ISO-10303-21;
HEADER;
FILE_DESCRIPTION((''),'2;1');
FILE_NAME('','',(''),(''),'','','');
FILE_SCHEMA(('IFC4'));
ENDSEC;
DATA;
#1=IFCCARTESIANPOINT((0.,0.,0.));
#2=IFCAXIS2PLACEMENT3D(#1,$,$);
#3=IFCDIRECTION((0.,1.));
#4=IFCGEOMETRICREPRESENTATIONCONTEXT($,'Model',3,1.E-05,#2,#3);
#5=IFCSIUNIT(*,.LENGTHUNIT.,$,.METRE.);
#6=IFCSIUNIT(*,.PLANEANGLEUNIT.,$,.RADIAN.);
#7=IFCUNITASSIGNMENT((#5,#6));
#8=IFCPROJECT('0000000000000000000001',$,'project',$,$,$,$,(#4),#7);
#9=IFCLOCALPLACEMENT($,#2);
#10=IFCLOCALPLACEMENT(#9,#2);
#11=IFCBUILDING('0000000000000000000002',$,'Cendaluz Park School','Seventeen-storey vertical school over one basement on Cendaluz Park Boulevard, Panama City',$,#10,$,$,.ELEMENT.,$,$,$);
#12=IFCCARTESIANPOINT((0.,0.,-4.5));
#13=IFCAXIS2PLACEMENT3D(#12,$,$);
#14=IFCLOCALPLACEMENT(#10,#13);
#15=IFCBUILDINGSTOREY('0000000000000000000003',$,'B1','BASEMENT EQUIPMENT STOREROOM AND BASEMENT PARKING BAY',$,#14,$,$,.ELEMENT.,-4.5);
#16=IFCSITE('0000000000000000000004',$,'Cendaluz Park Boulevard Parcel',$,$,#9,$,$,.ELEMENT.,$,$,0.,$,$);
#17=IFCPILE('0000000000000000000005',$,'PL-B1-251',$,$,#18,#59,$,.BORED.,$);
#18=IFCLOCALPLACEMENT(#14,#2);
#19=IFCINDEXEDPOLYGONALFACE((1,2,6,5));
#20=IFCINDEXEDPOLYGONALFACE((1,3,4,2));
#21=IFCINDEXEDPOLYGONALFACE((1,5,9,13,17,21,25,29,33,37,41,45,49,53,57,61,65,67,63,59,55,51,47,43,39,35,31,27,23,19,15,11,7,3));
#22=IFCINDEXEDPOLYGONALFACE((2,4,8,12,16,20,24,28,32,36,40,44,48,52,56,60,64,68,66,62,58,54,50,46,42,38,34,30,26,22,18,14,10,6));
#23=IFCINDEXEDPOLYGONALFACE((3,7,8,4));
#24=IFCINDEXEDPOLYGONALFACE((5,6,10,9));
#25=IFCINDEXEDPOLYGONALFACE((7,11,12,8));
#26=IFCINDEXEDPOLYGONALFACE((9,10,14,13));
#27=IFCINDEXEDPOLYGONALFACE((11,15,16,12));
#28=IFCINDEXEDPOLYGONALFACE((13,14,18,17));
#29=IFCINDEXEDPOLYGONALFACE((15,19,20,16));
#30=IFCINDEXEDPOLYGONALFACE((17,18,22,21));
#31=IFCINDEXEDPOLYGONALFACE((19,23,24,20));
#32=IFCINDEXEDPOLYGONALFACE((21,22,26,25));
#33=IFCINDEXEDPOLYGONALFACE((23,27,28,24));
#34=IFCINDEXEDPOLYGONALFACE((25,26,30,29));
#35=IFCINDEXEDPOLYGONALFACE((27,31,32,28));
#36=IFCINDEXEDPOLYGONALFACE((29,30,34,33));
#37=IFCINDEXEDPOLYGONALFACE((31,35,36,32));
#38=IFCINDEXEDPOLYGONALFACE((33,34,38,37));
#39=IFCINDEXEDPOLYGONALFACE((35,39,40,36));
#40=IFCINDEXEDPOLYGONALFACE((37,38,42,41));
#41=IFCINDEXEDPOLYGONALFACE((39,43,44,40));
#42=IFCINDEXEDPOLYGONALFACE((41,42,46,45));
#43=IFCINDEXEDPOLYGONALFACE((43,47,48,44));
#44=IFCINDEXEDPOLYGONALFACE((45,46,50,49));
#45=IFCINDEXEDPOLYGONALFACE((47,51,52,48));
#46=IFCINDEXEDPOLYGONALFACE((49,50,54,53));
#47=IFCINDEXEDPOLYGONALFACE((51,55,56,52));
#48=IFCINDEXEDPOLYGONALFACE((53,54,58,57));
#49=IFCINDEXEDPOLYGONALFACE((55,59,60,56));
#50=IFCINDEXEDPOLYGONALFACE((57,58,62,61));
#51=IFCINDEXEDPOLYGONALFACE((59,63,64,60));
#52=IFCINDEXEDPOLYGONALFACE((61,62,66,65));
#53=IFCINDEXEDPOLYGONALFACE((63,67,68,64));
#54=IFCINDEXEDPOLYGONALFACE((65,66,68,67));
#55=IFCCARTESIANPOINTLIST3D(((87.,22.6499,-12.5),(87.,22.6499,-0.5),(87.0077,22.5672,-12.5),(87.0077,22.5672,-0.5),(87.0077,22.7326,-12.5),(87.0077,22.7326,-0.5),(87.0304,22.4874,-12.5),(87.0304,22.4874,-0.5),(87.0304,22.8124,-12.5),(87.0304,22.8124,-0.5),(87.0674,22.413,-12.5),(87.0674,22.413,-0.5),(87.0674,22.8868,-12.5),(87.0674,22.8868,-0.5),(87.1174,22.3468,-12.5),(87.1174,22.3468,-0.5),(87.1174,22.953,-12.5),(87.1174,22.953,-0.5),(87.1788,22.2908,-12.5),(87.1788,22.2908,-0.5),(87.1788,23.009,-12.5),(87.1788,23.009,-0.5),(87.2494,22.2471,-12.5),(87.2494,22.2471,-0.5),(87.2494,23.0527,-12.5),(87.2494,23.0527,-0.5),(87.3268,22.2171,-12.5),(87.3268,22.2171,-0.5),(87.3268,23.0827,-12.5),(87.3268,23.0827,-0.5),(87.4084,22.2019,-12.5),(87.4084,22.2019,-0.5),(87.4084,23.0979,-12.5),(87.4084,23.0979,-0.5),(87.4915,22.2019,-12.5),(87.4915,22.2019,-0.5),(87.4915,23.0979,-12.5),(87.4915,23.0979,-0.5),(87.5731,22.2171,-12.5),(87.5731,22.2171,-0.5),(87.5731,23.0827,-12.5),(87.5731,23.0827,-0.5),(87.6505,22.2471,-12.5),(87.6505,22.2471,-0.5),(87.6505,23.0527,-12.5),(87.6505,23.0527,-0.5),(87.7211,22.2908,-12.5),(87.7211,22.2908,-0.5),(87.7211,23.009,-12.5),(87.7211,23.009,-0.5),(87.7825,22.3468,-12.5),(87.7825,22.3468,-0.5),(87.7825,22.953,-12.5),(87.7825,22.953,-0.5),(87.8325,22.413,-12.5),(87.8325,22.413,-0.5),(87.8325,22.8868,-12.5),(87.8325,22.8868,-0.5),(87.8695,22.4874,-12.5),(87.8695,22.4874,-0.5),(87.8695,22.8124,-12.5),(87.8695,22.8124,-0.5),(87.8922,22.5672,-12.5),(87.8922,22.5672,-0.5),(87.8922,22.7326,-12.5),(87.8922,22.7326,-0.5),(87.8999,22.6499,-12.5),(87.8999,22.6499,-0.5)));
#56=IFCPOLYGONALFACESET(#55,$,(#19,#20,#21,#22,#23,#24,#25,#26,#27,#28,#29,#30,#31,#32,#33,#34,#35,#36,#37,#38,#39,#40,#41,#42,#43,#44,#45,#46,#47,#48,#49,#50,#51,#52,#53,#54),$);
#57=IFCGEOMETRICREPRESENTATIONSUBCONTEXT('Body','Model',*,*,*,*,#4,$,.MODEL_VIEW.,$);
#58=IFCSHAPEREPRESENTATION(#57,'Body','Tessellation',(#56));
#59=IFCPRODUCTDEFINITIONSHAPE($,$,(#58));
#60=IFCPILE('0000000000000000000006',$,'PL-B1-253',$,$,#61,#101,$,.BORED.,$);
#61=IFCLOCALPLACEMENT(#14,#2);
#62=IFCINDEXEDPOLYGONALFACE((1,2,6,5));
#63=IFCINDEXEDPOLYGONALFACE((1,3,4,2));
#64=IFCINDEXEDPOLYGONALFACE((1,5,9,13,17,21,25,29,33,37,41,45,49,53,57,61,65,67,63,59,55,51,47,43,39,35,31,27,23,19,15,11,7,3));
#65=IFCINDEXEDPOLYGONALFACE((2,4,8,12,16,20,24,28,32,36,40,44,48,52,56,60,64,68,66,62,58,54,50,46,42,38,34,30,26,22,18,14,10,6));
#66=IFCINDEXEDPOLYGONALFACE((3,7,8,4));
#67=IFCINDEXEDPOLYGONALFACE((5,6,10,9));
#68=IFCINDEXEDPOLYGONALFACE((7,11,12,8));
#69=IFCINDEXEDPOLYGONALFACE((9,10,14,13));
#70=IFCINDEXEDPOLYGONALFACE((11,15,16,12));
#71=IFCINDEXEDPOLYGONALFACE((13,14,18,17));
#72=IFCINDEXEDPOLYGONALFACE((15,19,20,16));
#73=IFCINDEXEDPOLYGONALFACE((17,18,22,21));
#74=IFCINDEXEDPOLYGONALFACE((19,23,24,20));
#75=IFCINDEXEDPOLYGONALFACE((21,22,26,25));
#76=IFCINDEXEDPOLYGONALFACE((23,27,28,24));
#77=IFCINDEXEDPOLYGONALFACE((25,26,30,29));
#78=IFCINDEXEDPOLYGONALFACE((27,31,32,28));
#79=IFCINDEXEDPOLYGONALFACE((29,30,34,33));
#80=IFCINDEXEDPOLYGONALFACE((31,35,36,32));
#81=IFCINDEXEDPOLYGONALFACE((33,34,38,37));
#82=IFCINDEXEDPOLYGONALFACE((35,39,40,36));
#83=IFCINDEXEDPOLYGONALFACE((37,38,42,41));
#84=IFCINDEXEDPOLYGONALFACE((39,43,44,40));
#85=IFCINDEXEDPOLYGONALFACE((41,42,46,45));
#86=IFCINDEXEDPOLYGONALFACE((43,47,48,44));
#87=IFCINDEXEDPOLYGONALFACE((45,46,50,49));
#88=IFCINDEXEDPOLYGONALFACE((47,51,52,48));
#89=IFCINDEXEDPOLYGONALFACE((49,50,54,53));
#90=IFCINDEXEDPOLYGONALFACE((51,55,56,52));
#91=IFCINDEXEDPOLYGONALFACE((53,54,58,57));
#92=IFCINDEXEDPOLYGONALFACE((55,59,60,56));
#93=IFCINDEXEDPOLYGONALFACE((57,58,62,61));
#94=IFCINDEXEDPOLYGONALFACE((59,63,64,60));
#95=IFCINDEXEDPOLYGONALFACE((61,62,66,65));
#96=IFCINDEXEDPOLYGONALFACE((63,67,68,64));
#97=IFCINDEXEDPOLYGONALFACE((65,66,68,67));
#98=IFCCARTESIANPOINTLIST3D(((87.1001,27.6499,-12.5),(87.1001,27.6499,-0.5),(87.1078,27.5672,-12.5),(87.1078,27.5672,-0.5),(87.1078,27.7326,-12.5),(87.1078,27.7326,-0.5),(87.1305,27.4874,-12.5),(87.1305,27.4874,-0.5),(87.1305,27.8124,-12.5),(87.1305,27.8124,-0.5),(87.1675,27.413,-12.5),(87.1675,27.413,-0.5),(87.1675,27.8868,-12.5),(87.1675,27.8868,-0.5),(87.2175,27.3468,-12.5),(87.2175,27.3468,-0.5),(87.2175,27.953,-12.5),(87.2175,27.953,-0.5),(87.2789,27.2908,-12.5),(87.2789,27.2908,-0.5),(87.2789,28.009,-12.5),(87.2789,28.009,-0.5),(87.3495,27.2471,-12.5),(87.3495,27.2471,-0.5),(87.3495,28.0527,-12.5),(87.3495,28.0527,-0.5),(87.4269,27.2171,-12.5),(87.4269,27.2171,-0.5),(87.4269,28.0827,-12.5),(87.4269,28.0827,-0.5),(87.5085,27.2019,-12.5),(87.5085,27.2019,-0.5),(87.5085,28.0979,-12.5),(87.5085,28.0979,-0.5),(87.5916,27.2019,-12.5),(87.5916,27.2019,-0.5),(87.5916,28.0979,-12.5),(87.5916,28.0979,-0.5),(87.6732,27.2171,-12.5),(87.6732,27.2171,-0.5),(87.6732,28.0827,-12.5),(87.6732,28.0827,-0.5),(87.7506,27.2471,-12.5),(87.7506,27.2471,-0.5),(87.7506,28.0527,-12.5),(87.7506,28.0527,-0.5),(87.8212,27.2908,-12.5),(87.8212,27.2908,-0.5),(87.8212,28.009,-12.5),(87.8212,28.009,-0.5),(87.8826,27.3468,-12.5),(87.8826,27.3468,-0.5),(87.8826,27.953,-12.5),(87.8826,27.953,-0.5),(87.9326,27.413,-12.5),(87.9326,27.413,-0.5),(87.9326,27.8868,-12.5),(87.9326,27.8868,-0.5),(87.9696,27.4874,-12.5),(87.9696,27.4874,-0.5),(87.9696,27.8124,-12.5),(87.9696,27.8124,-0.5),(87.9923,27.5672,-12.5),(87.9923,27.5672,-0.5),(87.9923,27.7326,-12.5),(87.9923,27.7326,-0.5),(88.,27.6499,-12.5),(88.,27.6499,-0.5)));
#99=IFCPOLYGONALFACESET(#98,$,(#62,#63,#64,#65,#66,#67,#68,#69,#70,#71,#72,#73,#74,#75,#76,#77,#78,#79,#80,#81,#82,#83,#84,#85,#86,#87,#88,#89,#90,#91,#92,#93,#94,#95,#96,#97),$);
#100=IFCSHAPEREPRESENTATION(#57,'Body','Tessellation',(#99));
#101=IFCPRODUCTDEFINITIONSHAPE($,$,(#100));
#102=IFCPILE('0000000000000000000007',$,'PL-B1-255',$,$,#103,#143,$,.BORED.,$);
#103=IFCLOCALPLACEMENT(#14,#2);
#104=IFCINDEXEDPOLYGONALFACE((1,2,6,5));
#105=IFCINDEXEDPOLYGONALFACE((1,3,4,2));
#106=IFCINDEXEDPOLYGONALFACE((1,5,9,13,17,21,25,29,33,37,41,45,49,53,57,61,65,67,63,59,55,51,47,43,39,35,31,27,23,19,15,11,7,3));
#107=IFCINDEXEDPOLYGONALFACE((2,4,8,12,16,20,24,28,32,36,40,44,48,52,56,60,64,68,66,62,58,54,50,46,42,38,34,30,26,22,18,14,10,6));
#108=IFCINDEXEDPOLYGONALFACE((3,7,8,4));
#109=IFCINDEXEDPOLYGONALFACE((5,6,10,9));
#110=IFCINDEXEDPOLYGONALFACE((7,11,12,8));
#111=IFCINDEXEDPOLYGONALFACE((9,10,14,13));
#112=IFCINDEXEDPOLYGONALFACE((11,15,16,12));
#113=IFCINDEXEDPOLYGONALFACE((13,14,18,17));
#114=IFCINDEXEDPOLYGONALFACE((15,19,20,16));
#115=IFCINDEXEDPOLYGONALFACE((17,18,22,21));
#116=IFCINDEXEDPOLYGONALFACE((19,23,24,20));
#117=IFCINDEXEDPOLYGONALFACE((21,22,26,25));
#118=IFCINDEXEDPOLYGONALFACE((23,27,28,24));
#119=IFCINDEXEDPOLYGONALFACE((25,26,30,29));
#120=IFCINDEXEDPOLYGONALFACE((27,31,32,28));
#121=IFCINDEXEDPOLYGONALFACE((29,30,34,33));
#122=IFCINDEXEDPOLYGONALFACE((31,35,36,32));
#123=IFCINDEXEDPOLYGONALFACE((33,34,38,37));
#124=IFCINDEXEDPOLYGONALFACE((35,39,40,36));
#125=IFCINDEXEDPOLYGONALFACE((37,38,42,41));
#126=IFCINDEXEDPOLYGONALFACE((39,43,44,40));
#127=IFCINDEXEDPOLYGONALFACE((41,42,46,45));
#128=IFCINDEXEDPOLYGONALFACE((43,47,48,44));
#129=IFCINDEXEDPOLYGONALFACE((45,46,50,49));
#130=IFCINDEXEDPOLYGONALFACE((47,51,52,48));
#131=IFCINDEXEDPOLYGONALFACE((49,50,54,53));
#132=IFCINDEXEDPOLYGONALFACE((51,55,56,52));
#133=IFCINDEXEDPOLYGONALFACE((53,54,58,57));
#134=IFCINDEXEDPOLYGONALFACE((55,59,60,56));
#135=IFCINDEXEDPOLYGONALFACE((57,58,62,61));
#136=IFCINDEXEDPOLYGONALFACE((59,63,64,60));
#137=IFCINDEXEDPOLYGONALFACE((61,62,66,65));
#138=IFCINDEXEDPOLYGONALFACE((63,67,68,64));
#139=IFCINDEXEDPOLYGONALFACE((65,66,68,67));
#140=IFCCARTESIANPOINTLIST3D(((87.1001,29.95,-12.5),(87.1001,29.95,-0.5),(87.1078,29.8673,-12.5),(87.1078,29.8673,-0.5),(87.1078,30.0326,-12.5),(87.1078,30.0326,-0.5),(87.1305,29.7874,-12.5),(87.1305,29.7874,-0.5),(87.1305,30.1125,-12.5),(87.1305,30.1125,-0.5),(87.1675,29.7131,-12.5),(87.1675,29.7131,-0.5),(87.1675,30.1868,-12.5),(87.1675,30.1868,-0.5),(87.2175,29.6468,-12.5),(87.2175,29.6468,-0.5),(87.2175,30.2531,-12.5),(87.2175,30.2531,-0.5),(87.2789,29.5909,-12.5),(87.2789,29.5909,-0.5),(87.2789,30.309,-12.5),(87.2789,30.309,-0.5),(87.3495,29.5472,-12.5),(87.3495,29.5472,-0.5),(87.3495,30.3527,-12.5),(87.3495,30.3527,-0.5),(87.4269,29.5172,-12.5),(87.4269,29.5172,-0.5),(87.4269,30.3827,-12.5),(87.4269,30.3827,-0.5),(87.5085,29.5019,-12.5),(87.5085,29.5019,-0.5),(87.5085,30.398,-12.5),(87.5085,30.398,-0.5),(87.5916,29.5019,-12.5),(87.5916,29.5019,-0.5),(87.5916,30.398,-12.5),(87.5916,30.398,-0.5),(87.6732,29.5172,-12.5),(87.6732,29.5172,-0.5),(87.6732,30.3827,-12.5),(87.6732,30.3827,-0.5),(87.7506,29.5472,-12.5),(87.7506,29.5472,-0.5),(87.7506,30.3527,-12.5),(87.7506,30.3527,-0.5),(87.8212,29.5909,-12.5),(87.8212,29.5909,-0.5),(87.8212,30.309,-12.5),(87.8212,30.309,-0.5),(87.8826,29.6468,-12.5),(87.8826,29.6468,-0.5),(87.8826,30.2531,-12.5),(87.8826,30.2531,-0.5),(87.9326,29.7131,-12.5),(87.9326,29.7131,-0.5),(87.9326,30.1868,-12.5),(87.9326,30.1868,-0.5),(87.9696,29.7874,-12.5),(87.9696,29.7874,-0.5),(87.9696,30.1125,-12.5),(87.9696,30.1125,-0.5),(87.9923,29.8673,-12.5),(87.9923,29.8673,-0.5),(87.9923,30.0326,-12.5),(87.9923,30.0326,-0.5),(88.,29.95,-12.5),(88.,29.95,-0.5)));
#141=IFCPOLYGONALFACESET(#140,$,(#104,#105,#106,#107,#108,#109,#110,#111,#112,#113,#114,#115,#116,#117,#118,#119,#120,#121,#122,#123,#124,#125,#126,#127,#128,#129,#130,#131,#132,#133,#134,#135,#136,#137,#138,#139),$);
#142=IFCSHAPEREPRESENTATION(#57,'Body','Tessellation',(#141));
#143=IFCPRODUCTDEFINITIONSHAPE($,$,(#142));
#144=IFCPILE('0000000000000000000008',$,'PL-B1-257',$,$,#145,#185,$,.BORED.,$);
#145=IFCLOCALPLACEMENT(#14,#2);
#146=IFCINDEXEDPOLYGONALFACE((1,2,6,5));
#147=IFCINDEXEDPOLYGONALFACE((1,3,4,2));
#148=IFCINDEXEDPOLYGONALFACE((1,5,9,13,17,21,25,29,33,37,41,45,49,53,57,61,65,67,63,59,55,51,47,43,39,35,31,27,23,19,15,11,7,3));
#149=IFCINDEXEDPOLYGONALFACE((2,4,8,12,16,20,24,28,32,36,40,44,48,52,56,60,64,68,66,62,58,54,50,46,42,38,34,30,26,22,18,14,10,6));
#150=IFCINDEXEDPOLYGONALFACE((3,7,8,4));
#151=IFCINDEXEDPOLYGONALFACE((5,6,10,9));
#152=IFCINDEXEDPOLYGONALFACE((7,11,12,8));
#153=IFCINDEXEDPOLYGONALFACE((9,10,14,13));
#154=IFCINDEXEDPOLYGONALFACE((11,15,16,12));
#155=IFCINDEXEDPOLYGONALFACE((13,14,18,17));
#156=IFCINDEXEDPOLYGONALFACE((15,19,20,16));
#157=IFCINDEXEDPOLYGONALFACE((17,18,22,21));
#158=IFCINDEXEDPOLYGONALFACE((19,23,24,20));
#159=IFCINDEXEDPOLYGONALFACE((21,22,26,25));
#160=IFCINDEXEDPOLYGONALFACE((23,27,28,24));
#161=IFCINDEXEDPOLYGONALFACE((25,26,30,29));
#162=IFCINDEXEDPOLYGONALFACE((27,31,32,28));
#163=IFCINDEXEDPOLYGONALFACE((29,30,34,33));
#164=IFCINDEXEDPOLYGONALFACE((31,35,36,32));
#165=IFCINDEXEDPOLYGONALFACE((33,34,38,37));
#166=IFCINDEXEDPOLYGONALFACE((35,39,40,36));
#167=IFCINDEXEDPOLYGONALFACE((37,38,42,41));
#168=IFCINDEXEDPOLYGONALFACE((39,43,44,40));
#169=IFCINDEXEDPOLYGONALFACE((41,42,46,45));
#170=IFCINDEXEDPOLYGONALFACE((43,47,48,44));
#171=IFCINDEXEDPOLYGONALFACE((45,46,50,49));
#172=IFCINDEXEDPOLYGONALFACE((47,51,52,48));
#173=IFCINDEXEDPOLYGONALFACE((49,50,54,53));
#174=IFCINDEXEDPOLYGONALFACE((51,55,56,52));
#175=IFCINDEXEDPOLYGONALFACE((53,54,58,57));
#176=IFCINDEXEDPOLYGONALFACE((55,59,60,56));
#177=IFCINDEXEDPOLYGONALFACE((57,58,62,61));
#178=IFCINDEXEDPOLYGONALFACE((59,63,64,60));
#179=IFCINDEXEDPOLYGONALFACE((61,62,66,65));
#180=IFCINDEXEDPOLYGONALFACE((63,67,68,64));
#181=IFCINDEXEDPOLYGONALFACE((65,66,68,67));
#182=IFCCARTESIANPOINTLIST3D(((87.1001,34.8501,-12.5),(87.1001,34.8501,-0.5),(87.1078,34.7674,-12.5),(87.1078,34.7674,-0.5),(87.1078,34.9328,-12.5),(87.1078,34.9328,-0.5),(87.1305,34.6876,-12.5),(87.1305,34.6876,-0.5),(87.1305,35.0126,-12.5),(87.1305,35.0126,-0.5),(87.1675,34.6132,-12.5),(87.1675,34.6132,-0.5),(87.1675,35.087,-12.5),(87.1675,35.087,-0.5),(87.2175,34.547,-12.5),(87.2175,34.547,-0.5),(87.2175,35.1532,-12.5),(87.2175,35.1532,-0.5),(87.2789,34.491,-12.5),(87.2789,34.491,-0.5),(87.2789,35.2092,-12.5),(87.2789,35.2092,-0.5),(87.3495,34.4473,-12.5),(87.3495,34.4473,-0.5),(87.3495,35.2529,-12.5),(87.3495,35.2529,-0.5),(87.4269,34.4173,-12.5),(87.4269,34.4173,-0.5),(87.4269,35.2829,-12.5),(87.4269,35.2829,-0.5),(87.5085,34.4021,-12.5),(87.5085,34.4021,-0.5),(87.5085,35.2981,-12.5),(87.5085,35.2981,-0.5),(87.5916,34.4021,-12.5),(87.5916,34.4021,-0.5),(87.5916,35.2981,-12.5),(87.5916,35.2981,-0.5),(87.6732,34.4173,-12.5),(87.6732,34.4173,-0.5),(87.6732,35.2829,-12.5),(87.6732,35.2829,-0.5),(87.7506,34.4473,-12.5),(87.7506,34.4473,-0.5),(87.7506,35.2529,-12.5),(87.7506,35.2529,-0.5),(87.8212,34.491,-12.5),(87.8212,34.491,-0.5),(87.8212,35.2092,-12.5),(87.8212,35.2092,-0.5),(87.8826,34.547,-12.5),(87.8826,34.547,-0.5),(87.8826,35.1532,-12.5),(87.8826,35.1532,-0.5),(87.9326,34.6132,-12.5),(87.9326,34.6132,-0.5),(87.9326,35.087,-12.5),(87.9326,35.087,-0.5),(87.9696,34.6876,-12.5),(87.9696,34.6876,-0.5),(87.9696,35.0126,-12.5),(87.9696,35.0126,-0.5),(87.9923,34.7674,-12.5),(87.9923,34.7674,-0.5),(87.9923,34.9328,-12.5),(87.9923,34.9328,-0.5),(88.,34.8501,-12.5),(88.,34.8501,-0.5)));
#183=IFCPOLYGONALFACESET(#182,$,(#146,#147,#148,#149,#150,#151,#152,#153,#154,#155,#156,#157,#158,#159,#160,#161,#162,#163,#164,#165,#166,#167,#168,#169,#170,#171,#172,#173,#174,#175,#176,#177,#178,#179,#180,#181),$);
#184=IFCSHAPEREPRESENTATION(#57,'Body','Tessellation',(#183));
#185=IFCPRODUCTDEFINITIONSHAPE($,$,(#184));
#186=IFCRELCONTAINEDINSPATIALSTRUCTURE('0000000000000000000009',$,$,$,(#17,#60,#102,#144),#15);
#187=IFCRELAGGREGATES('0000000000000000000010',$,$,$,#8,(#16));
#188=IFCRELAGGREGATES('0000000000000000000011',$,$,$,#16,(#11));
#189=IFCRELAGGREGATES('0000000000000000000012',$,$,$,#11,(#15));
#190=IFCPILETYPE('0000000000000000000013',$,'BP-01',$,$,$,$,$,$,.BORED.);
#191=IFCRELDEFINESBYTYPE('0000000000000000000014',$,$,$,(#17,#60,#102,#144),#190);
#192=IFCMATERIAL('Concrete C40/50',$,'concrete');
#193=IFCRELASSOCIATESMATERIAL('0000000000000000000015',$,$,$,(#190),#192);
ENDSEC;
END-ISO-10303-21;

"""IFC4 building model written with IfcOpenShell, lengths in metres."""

from ifc_helpers import new_model, si_unit, direction, frame, origin, origin_2d, place, context, subcontext, project, spatial, circle, extrude, material, material_profile, profile_set, type_object, element, save


model = new_model("IFC4")

# Units and contexts
model_context = context("Model", 3, precision=1e-05, world=origin(), true_north=direction((0.0, 1.0)))
body_context = subcontext(model_context, "Body", "Model", "MODEL_VIEW")
ifc_project = project(units=[si_unit("LENGTHUNIT", "METRE"), si_unit("PLANEANGLEUNIT", "RADIAN")], contexts=[model_context])

# Site, building, storey
site_placement = place(None, origin())
site = spatial("IfcSite", under=ifc_project, at=site_placement, Name="Cendaluz Park Boulevard Parcel", CompositionType="ELEMENT", RefElevation=0.0)
building_placement = place(site_placement, origin())
building = spatial("IfcBuilding", under=site, at=building_placement, Name="Cendaluz Park School", Description="Seventeen-storey vertical school over one basement on Cendaluz Park Boulevard, Panama City", CompositionType="ELEMENT")
storey_placement = place(building_placement, frame((0.0, 0.0, -4.5)))
storey = spatial("IfcBuildingStorey", under=building, at=storey_placement, Name="B1", Description="BASEMENT EQUIPMENT STOREROOM AND BASEMENT PARKING BAY", CompositionType="ELEMENT", Elevation=-4.5)

# Piles
ifc_material_1 = material(Name="Concrete C40/50", Category="concrete")
ifc_material_profile_1 = material_profile(ifc_material_1, circle(Radius=0.45, at=origin_2d()), Name="BP D900", Category="concrete")
ifc_profile_set_1 = profile_set([ifc_material_profile_1], Name="Concrete C40/50")
pile_type = type_object("IfcPileType", Name="BP-01", PredefinedType="BORED", material=ifc_profile_set_1)
for number, where, z_axis, x_axis, name in (
    (1, (87.45, 22.6499, -0.5), (0.0, 0.0, -1.0), (1.0, 0.0, 0.0), "PL-B1-251"),
    (2, (87.55, 27.6499, -0.5), (0.0, 0.0, -1.0), (1.0, 0.0, 0.0), "PL-B1-253"),
    (3, (87.55, 29.95, -0.5), (0.0, 0.0, -1.0), (1.0, 0.0, 0.0), "PL-B1-255"),
    (4, (87.55, 34.8501, -0.5), (0.0, 0.0, -1.0), (1.0, 0.0, 0.0), "PL-B1-257"),
):
    element("IfcPile", number, at=place(storey_placement, frame(where, z_axis=z_axis, x_axis=x_axis)), inside=storey, type_object=pile_type, Name=name, PredefinedType="BORED", context=body_context, shape_type="SweptSolid", body=[
        extrude(circle(Radius=0.45, at=origin_2d()), origin(), (0.0, 0.0, 1.0), 12.0),
    ])

save(model, "model.ifc")
